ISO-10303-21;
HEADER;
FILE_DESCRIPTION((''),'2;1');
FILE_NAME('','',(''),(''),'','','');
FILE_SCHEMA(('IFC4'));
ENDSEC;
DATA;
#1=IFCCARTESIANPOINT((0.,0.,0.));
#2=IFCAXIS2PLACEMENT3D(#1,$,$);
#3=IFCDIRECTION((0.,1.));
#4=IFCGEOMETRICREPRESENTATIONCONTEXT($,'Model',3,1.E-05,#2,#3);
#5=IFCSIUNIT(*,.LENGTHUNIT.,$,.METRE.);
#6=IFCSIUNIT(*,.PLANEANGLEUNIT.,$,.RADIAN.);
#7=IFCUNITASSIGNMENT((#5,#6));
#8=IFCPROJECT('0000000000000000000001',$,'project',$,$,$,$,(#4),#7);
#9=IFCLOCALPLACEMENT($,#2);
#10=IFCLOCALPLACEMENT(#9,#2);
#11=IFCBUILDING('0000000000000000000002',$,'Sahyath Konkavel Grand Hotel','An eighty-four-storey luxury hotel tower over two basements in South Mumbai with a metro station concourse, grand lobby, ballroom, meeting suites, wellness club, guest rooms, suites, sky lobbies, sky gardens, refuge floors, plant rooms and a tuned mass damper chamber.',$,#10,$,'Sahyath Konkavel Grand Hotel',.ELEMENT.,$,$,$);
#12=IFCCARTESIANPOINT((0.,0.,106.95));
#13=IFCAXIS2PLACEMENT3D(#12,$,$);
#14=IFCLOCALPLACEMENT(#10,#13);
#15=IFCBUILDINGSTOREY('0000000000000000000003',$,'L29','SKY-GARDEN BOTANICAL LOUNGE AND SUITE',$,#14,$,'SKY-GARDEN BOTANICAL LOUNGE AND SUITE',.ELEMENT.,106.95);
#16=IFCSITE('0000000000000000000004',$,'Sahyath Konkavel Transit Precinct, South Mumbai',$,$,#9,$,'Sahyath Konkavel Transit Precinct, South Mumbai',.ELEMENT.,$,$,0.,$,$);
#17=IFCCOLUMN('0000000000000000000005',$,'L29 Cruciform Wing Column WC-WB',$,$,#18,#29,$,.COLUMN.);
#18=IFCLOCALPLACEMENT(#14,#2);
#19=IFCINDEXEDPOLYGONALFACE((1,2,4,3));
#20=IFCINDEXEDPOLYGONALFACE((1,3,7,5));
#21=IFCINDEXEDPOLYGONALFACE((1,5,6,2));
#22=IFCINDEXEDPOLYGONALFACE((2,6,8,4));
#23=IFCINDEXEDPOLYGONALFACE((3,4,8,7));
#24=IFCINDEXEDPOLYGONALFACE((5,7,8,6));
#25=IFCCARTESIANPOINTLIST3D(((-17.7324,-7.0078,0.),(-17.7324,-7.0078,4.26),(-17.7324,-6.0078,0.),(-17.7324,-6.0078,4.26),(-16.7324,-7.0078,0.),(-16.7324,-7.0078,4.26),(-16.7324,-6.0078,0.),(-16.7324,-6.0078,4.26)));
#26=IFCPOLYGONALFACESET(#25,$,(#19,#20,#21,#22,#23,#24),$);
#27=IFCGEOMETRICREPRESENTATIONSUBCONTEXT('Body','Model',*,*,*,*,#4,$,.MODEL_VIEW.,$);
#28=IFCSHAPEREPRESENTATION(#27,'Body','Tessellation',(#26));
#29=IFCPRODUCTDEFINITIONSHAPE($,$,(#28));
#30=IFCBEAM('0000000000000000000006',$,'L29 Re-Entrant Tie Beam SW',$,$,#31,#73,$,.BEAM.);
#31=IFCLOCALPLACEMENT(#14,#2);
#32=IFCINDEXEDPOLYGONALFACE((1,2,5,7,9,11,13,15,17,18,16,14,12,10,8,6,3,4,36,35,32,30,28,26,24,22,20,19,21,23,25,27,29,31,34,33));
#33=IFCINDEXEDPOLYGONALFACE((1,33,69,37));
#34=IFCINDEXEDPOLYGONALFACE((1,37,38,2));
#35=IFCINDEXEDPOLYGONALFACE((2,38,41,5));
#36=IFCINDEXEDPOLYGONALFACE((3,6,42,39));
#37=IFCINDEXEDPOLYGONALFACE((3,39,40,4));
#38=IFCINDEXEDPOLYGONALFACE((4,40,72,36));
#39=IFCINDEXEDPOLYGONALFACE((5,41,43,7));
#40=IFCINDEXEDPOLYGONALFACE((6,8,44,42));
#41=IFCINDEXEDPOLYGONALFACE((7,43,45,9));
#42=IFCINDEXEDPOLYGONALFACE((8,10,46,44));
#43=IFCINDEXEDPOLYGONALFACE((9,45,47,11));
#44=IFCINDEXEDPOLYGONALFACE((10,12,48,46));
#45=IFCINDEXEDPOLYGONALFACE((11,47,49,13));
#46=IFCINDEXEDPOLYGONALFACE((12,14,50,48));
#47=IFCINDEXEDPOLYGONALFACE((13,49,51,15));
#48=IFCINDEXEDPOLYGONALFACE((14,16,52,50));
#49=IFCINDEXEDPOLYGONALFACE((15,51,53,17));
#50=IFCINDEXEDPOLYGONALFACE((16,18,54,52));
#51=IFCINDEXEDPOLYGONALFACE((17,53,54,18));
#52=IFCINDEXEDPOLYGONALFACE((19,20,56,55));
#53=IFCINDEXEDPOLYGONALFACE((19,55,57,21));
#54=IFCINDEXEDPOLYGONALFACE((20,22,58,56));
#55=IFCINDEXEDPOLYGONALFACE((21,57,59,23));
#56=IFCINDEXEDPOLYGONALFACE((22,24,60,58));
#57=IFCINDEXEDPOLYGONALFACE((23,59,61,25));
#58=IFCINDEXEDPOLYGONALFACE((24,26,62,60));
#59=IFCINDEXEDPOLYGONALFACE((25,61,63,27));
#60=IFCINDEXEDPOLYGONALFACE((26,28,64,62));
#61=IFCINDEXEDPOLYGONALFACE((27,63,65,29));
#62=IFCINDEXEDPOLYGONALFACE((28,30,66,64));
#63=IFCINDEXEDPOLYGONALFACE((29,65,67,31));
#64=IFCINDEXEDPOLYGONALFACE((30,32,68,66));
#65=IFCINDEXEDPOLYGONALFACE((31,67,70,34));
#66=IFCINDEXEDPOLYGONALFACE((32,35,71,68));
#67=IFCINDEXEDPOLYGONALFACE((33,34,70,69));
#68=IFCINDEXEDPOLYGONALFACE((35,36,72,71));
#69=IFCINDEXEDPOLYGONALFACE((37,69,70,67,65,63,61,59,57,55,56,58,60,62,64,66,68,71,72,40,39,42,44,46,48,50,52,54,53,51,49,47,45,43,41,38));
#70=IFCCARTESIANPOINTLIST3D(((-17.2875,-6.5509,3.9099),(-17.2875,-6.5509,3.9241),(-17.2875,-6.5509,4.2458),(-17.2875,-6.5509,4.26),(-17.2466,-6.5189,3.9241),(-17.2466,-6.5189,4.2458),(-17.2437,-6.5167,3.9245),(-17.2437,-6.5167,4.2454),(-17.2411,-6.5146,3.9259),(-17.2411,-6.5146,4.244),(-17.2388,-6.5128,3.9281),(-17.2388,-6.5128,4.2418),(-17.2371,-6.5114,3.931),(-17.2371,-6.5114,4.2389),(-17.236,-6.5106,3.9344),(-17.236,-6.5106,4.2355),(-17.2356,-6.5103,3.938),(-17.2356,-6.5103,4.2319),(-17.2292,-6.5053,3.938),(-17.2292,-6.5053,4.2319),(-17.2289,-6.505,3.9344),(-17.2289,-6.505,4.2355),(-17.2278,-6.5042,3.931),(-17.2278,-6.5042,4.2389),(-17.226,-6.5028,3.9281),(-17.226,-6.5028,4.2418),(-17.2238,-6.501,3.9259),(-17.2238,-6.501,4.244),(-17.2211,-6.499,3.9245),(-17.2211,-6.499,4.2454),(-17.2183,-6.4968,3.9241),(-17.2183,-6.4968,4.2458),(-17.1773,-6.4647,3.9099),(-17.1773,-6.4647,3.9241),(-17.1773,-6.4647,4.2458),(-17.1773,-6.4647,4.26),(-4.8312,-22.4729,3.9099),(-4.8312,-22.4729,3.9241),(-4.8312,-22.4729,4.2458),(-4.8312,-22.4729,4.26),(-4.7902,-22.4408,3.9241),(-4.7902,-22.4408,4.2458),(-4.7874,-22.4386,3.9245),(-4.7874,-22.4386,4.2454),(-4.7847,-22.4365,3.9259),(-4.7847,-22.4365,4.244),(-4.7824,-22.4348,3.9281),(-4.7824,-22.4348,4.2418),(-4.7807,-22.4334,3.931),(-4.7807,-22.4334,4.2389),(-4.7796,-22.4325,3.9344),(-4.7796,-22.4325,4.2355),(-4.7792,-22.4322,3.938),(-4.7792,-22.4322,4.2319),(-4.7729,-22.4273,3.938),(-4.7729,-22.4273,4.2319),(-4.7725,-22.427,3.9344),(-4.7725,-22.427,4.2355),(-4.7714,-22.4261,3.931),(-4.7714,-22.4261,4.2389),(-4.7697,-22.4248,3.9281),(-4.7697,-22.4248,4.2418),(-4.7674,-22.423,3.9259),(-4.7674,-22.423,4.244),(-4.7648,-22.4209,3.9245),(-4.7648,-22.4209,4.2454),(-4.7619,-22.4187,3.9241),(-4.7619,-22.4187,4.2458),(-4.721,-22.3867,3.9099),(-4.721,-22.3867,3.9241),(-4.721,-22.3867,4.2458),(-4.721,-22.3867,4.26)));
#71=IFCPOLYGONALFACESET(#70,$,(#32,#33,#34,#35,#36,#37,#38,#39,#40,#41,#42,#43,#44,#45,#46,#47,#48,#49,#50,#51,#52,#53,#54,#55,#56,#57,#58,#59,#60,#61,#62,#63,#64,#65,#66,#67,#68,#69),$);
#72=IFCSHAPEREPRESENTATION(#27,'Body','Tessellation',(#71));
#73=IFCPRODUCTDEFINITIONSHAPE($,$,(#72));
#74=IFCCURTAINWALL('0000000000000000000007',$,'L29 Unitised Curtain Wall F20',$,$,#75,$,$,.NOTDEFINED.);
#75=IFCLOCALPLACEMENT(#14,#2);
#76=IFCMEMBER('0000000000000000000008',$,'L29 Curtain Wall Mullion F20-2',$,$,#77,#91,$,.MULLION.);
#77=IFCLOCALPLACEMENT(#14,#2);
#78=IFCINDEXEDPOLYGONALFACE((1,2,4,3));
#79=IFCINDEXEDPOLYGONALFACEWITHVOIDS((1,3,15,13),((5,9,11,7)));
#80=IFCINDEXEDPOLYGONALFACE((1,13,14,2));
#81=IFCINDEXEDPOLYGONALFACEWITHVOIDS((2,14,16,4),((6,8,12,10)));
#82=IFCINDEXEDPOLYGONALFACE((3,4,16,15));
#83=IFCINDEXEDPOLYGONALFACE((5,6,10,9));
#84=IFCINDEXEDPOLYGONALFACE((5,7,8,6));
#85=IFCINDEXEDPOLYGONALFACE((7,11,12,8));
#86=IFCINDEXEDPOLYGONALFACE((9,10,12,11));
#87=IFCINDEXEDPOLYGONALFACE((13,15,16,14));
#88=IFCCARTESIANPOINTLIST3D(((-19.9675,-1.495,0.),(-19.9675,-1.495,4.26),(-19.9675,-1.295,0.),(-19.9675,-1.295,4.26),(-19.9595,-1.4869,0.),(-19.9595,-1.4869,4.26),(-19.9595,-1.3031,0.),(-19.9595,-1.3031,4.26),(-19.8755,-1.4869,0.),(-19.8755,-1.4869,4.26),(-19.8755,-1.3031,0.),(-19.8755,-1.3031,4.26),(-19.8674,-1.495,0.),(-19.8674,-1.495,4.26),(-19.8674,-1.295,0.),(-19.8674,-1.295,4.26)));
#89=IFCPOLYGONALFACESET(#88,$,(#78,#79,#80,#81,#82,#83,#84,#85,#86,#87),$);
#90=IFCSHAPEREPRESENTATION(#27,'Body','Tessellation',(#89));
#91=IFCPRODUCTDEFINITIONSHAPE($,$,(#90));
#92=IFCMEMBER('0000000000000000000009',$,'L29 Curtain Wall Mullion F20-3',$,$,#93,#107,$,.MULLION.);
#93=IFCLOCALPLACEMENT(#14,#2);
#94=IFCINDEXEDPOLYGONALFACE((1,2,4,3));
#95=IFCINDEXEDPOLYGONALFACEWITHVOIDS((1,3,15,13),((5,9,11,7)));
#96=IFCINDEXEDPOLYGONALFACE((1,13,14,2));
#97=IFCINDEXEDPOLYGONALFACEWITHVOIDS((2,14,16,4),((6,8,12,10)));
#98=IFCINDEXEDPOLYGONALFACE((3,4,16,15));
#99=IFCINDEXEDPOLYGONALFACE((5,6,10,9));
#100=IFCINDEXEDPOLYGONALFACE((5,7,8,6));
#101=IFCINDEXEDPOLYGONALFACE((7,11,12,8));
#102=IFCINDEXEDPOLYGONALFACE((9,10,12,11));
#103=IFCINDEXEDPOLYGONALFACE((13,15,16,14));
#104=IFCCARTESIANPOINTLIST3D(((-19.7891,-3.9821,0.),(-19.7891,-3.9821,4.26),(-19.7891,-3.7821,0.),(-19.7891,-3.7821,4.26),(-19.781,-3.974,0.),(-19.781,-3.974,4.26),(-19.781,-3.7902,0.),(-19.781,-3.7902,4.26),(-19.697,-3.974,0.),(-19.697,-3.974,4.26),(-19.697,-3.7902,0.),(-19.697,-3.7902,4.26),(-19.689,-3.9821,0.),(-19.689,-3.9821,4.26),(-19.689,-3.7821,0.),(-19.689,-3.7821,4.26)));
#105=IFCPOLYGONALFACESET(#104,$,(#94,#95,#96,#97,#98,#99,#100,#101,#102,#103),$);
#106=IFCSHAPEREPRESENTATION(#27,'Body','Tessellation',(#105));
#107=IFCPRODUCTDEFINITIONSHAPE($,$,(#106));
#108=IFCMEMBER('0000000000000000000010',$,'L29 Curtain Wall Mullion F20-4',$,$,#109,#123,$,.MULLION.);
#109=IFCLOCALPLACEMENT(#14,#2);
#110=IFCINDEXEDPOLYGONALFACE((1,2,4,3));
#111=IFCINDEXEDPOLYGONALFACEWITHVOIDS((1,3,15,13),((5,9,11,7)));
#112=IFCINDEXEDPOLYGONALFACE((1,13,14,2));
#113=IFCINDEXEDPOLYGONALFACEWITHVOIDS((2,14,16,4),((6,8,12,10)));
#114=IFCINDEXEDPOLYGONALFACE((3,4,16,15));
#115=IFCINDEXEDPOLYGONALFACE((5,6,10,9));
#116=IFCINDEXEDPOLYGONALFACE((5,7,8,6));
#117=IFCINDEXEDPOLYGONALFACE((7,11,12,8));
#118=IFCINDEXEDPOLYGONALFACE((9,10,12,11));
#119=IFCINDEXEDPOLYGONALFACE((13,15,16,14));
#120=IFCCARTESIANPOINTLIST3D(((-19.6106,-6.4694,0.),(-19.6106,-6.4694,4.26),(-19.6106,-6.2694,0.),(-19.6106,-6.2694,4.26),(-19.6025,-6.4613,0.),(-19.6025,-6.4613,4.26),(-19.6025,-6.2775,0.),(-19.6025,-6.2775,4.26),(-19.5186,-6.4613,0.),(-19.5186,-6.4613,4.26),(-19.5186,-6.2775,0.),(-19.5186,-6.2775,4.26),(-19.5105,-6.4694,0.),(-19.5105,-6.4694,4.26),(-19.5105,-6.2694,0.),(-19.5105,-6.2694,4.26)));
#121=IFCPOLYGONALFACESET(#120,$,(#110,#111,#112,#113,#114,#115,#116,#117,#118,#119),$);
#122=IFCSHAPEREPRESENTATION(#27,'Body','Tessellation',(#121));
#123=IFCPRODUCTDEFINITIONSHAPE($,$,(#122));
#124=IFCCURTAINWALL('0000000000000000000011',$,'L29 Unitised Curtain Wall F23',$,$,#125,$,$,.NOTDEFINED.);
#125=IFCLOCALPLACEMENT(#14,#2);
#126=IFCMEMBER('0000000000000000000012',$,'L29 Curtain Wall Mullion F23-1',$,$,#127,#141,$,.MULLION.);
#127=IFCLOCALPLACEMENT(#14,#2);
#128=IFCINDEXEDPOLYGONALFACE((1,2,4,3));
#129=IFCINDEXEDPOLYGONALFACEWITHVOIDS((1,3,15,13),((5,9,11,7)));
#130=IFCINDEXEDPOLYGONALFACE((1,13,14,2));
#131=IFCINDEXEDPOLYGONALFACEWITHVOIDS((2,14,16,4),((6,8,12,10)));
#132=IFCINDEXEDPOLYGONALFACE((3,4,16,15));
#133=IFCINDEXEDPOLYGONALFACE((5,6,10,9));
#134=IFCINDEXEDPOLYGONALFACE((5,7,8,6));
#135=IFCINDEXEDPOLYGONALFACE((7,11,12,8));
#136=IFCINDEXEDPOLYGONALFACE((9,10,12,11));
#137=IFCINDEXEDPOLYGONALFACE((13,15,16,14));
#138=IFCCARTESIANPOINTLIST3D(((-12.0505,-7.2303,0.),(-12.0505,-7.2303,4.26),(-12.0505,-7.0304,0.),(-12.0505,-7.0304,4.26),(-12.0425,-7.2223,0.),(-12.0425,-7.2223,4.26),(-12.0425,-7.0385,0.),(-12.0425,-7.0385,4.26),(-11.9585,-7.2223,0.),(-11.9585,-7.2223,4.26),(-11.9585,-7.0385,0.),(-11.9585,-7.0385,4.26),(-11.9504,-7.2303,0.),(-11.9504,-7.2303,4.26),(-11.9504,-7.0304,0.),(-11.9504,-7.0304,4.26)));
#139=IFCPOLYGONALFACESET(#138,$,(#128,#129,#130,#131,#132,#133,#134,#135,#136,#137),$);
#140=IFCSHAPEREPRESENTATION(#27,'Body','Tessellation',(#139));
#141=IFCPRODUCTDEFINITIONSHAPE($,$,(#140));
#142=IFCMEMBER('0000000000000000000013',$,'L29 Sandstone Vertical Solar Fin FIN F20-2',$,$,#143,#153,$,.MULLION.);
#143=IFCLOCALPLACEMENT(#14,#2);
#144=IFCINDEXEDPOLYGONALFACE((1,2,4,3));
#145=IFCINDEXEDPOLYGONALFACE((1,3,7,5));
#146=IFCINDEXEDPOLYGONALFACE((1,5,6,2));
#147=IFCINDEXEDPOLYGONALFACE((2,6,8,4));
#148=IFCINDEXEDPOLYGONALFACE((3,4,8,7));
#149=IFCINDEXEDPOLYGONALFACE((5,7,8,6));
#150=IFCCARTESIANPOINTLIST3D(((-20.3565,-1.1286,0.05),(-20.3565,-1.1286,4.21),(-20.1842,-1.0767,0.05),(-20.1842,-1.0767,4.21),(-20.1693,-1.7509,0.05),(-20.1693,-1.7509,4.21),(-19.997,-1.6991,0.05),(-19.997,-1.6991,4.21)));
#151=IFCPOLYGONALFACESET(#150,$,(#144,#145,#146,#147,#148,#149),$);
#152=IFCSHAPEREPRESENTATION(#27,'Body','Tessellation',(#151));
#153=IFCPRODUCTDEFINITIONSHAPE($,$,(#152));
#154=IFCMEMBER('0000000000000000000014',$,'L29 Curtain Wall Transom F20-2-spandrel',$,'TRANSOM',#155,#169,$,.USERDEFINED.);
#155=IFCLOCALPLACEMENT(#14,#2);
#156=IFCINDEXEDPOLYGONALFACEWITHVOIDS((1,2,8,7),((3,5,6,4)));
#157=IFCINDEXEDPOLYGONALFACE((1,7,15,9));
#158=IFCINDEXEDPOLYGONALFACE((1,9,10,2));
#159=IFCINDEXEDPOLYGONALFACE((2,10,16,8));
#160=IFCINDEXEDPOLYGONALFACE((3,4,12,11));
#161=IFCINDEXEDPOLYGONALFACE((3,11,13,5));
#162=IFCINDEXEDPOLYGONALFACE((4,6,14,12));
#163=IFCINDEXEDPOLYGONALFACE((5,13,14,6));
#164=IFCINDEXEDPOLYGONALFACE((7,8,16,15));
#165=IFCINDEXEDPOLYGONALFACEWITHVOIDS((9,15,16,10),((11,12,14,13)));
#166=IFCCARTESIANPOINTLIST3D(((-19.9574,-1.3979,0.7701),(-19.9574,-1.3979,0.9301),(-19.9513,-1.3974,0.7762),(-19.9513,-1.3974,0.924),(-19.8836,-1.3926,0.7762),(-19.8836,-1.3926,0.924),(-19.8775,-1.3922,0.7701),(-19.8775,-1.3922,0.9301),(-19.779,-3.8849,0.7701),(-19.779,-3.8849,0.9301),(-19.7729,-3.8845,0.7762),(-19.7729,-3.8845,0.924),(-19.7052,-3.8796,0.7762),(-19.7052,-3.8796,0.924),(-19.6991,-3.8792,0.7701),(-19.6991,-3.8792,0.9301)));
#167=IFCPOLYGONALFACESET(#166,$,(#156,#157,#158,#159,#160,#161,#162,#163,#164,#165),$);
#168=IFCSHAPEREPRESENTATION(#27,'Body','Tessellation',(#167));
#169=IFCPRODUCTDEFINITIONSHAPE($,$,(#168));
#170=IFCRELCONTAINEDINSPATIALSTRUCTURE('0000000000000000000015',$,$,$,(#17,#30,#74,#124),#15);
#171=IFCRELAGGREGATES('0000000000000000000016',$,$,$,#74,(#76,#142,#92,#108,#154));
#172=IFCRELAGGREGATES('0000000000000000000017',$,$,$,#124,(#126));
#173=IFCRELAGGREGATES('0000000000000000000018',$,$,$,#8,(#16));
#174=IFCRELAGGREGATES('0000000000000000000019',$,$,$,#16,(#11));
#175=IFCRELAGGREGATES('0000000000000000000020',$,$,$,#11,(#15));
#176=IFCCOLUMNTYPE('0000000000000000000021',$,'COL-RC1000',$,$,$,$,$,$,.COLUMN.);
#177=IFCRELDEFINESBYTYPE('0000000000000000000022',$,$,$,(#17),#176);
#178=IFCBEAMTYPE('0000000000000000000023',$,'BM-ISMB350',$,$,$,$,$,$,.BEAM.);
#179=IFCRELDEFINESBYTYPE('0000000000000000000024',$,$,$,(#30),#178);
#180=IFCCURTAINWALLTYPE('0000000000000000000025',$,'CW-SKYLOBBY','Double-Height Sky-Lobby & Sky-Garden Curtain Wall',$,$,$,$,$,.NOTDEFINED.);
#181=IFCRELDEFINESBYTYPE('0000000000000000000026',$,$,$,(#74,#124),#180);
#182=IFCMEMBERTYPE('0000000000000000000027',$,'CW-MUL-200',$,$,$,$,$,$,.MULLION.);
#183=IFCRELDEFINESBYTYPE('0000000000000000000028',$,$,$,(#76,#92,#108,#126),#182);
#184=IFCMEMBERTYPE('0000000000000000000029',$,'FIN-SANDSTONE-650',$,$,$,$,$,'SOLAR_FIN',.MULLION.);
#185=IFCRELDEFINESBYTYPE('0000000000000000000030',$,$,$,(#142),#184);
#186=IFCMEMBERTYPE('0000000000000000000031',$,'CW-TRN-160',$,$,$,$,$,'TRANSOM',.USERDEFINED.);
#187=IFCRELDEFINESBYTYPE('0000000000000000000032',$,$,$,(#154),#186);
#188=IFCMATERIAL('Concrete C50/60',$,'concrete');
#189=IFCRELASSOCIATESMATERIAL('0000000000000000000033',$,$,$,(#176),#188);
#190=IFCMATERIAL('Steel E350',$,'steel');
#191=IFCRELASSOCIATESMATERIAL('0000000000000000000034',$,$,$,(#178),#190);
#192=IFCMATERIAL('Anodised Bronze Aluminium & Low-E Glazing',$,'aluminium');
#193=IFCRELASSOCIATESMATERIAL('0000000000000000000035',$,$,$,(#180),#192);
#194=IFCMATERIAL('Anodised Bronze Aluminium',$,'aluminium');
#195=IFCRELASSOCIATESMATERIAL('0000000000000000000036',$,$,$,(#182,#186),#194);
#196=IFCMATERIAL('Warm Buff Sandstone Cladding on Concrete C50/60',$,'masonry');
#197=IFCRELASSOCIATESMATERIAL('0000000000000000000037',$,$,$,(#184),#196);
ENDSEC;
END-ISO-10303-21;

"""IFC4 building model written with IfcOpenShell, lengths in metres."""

from ifc_helpers import new_model, si_unit, direction, frame, origin, origin_2d, place, context, subcontext, project, spatial, rectangle, hollow_rectangle, i_section, extrude, source, transform, mapped, material, material_profile, profile_set, type_object, element, aggregate, save


model = new_model("IFC4")

# Units and contexts
model_context = context("Model", 3, precision=1e-05, world=origin(), true_north=direction((0.0, 1.0)))
body_context = subcontext(model_context, "Body", "Model", "MODEL_VIEW")
ifc_project = project(units=[si_unit("LENGTHUNIT", "METRE"), si_unit("PLANEANGLEUNIT", "RADIAN")], contexts=[model_context])

# Site, building, storey
site_placement = place(None, origin())
site = spatial("IfcSite", under=ifc_project, at=site_placement, Name="Sahyath Konkavel Transit Precinct, South Mumbai", LongName="Sahyath Konkavel Transit Precinct, South Mumbai", CompositionType="ELEMENT", RefElevation=0.0)
building_placement = place(site_placement, origin())
building = spatial("IfcBuilding", under=site, at=building_placement, Name="Sahyath Konkavel Grand Hotel", Description="An eighty-four-storey luxury hotel tower over two basements in South Mumbai with a metro station concourse, grand lobby, ballroom, meeting suites, wellness club, guest rooms, suites, sky lobbies, sky gardens, refuge floors, plant rooms and a tuned mass damper chamber.", LongName="Sahyath Konkavel Grand Hotel", CompositionType="ELEMENT")
storey_placement = place(building_placement, frame((0.0, 0.0, 106.95)))
storey = spatial("IfcBuildingStorey", under=building, at=storey_placement, Name="L29", Description="SKY-GARDEN BOTANICAL LOUNGE AND SUITE", LongName="SKY-GARDEN BOTANICAL LOUNGE AND SUITE", CompositionType="ELEMENT", Elevation=106.95)

# Column
ifc_material_1 = material(Name="Concrete C50/60", Category="concrete")
ifc_material_profile_1 = material_profile(ifc_material_1, rectangle(XDim=1.0, YDim=1.0, at=origin_2d()), Name="RC 1000x1000")
ifc_profile_set_1 = profile_set([ifc_material_profile_1], Name="Concrete C50/60")
column_type = type_object("IfcColumnType", Name="COL-RC1000", PredefinedType="COLUMN", material=ifc_profile_set_1)
shared_shape_1 = source(origin(), body_context, "Body", "SweptSolid", [
    extrude(rectangle(XDim=1.0, YDim=1.0, at=origin_2d()), origin(), (0.0, 0.0, 1.0), 4.26),
])
column_placement = place(storey_placement, frame((-17.2324, -6.5078, 0.0), z_axis=(0.0, 0.0, 1.0), x_axis=(1.0, 0.0, 0.0)))
element("IfcColumn", 1, at=column_placement, inside=storey, type_object=column_type, Name="L29 Cruciform Wing Column WC-WB", PredefinedType="COLUMN", context=body_context, shape_type="MappedRepresentation", body=[
    mapped(shared_shape_1, transform((0.0, 0.0, 0.0), scale=1.0)),
])

# Beam
ifc_material_2 = material(Name="Steel E350", Category="steel")
ifc_material_profile_2 = material_profile(ifc_material_2, i_section(OverallWidth=0.1399, OverallDepth=0.3501, WebThickness=0.0081, FlangeThickness=0.0142, FilletRadius=0.0139, at=origin_2d()), Name="ISMB 350")
ifc_profile_set_2 = profile_set([ifc_material_profile_2], Name="Steel E350")
beam_type = type_object("IfcBeamType", Name="BM-ISMB350", PredefinedType="BEAM", material=ifc_profile_set_2)
shared_shape_2 = source(origin(), body_context, "Body", "SweptSolid", [
    extrude(i_section(OverallWidth=0.1399, OverallDepth=0.3501, WebThickness=0.0081, FlangeThickness=0.0142, FilletRadius=0.0139, at=origin_2d()), origin(), (0.0, 0.0, 1.0), 20.2156),
])
beam_placement = place(storey_placement, frame((-17.2324, -6.5078, 4.085), z_axis=(0.616176, -0.787608, 0.0), x_axis=(0.787608, 0.616176, 0.0)))
element("IfcBeam", 2, at=beam_placement, inside=storey, type_object=beam_type, Name="L29 Re-Entrant Tie Beam SW", PredefinedType="BEAM", context=body_context, shape_type="MappedRepresentation", body=[
    mapped(shared_shape_2, transform((0.0, 0.0, 0.0), scale=1.0)),
])

# Curtain wall, members
ifc_material_3 = material(Name="Anodised Bronze Aluminium & Low-E Glazing", Category="aluminium")
curtain_wall_type = type_object("IfcCurtainWallType", Name="CW-SKYLOBBY", Description="Double-Height Sky-Lobby & Sky-Garden Curtain Wall", PredefinedType="NOTDEFINED", material=ifc_material_3)
curtain_wall_1_placement = place(storey_placement, origin())
curtain_wall_1 = element("IfcCurtainWall", 3, at=curtain_wall_1_placement, inside=storey, type_object=curtain_wall_type, Name="L29 Unitised Curtain Wall F20", PredefinedType="NOTDEFINED")
ifc_material_4 = material(Name="Anodised Bronze Aluminium", Category="aluminium")
ifc_material_profile_3 = material_profile(ifc_material_4, hollow_rectangle(XDim=0.1001, YDim=0.2, WallThickness=0.0081, at=origin_2d()), Name="RHS 200x100x8")
ifc_profile_set_3 = profile_set([ifc_material_profile_3], Name="Anodised Bronze Aluminium")
member_type_1 = type_object("IfcMemberType", Name="CW-MUL-200", PredefinedType="MULLION", material=ifc_profile_set_3)
shared_shape_3 = source(origin(), body_context, "Body", "SweptSolid", [
    extrude(hollow_rectangle(XDim=0.1001, YDim=0.2, WallThickness=0.0081, at=origin_2d()), origin(), (0.0, 0.0, 1.0), 4.26),
])
member_1_placement = place(storey_placement, frame((-19.9175, -1.395, 0.0), z_axis=(0.0, 0.0, 1.0), x_axis=(1.0, 0.0, 0.0)))
member_1 = element("IfcMember", 4, at=member_1_placement, type_object=member_type_1, Name="L29 Curtain Wall Mullion F20-2", PredefinedType="MULLION", context=body_context, shape_type="MappedRepresentation", body=[
    mapped(shared_shape_3, transform((0.0, 0.0, 0.0), scale=1.0)),
])
member_2_placement = place(storey_placement, frame((-19.739, -3.8821, 0.0), z_axis=(0.0, 0.0, 1.0), x_axis=(1.0, 0.0, 0.0)))
member_2 = element("IfcMember", 5, at=member_2_placement, type_object=member_type_1, Name="L29 Curtain Wall Mullion F20-3", PredefinedType="MULLION", context=body_context, shape_type="MappedRepresentation", body=[
    mapped(shared_shape_3, transform((0.0, 0.0, 0.0), scale=1.0)),
])
member_3_placement = place(storey_placement, frame((-19.5605, -6.3694, 0.0), z_axis=(0.0, 0.0, 1.0), x_axis=(1.0, 0.0, 0.0)))
member_3 = element("IfcMember", 6, at=member_3_placement, type_object=member_type_1, Name="L29 Curtain Wall Mullion F20-4", PredefinedType="MULLION", context=body_context, shape_type="MappedRepresentation", body=[
    mapped(shared_shape_3, transform((0.0, 0.0, 0.0), scale=1.0)),
])

# Curtain wall, member
curtain_wall_2_placement = place(storey_placement, origin())
curtain_wall_2 = element("IfcCurtainWall", 7, at=curtain_wall_2_placement, inside=storey, type_object=curtain_wall_type, Name="L29 Unitised Curtain Wall F23", PredefinedType="NOTDEFINED")
member_4_placement = place(storey_placement, frame((-12.0005, -7.1304, 0.0), z_axis=(0.0, 0.0, 1.0), x_axis=(1.0, 0.0, 0.0)))
member_4 = element("IfcMember", 8, at=member_4_placement, type_object=member_type_1, Name="L29 Curtain Wall Mullion F23-1", PredefinedType="MULLION", context=body_context, shape_type="MappedRepresentation", body=[
    mapped(shared_shape_3, transform((0.0, 0.0, 0.0), scale=1.0)),
])

# Members
ifc_material_5 = material(Name="Warm Buff Sandstone Cladding on Concrete C50/60", Category="masonry")
ifc_material_profile_4 = material_profile(ifc_material_5, rectangle(XDim=0.1799, YDim=0.6499, at=origin_2d()), Name="FIN 180x650")
ifc_profile_set_4 = profile_set([ifc_material_profile_4], Name="Warm Buff Sandstone Cladding on Concrete C50/60")
member_type_2 = type_object("IfcMemberType", Name="FIN-SANDSTONE-650", ElementType="SOLAR_FIN", PredefinedType="MULLION", material=ifc_profile_set_4)
shared_shape_4 = source(origin(), body_context, "Body", "SweptSolid", [
    extrude(rectangle(XDim=0.1799, YDim=0.6499, at=origin_2d()), origin(), (0.0, 0.0, 1.0), 4.1599),
])
member_5_placement = place(storey_placement, frame((-20.1768, -1.4138, 0.05), z_axis=(0.0, 0.0, 1.0), x_axis=(0.957622, 0.288029, 0.0)))
member_5 = element("IfcMember", 9, at=member_5_placement, type_object=member_type_2, Name="L29 Sandstone Vertical Solar Fin FIN F20-2", PredefinedType="MULLION", context=body_context, shape_type="MappedRepresentation", body=[
    mapped(shared_shape_4, transform((0.0, 0.0, 0.0), scale=1.0)),
])
ifc_material_profile_5 = material_profile(ifc_material_4, hollow_rectangle(XDim=0.0801, YDim=0.1599, WallThickness=0.0061, at=origin_2d()), Name="RHS 160x80x6")
ifc_profile_set_5 = profile_set([ifc_material_profile_5], Name="Anodised Bronze Aluminium")
member_type_3 = type_object("IfcMemberType", Name="CW-TRN-160", ElementType="TRANSOM", PredefinedType="USERDEFINED", material=ifc_profile_set_5)
shared_shape_5 = source(origin(), body_context, "Body", "SweptSolid", [
    extrude(hollow_rectangle(XDim=0.0801, YDim=0.1599, WallThickness=0.0061, at=origin_2d()), origin(), (0.0, 0.0, 1.0), 2.4934),
])
member_6_placement = place(storey_placement, frame((-19.9175, -1.395, 0.8501), z_axis=(0.071574, -0.997435, 0.0), x_axis=(0.997435, 0.071574, 0.0)))
member_6 = element("IfcMember", 10, at=member_6_placement, type_object=member_type_3, Name="L29 Curtain Wall Transom F20-2-spandrel", ObjectType="TRANSOM", PredefinedType="USERDEFINED", context=body_context, shape_type="MappedRepresentation", body=[
    mapped(shared_shape_5, transform((0.0, 0.0, 0.0), scale=1.0)),
])

aggregate(curtain_wall_1, [member_1, member_5, member_2, member_3, member_6])
aggregate(curtain_wall_2, [member_4])

save(model, "model.ifc")
